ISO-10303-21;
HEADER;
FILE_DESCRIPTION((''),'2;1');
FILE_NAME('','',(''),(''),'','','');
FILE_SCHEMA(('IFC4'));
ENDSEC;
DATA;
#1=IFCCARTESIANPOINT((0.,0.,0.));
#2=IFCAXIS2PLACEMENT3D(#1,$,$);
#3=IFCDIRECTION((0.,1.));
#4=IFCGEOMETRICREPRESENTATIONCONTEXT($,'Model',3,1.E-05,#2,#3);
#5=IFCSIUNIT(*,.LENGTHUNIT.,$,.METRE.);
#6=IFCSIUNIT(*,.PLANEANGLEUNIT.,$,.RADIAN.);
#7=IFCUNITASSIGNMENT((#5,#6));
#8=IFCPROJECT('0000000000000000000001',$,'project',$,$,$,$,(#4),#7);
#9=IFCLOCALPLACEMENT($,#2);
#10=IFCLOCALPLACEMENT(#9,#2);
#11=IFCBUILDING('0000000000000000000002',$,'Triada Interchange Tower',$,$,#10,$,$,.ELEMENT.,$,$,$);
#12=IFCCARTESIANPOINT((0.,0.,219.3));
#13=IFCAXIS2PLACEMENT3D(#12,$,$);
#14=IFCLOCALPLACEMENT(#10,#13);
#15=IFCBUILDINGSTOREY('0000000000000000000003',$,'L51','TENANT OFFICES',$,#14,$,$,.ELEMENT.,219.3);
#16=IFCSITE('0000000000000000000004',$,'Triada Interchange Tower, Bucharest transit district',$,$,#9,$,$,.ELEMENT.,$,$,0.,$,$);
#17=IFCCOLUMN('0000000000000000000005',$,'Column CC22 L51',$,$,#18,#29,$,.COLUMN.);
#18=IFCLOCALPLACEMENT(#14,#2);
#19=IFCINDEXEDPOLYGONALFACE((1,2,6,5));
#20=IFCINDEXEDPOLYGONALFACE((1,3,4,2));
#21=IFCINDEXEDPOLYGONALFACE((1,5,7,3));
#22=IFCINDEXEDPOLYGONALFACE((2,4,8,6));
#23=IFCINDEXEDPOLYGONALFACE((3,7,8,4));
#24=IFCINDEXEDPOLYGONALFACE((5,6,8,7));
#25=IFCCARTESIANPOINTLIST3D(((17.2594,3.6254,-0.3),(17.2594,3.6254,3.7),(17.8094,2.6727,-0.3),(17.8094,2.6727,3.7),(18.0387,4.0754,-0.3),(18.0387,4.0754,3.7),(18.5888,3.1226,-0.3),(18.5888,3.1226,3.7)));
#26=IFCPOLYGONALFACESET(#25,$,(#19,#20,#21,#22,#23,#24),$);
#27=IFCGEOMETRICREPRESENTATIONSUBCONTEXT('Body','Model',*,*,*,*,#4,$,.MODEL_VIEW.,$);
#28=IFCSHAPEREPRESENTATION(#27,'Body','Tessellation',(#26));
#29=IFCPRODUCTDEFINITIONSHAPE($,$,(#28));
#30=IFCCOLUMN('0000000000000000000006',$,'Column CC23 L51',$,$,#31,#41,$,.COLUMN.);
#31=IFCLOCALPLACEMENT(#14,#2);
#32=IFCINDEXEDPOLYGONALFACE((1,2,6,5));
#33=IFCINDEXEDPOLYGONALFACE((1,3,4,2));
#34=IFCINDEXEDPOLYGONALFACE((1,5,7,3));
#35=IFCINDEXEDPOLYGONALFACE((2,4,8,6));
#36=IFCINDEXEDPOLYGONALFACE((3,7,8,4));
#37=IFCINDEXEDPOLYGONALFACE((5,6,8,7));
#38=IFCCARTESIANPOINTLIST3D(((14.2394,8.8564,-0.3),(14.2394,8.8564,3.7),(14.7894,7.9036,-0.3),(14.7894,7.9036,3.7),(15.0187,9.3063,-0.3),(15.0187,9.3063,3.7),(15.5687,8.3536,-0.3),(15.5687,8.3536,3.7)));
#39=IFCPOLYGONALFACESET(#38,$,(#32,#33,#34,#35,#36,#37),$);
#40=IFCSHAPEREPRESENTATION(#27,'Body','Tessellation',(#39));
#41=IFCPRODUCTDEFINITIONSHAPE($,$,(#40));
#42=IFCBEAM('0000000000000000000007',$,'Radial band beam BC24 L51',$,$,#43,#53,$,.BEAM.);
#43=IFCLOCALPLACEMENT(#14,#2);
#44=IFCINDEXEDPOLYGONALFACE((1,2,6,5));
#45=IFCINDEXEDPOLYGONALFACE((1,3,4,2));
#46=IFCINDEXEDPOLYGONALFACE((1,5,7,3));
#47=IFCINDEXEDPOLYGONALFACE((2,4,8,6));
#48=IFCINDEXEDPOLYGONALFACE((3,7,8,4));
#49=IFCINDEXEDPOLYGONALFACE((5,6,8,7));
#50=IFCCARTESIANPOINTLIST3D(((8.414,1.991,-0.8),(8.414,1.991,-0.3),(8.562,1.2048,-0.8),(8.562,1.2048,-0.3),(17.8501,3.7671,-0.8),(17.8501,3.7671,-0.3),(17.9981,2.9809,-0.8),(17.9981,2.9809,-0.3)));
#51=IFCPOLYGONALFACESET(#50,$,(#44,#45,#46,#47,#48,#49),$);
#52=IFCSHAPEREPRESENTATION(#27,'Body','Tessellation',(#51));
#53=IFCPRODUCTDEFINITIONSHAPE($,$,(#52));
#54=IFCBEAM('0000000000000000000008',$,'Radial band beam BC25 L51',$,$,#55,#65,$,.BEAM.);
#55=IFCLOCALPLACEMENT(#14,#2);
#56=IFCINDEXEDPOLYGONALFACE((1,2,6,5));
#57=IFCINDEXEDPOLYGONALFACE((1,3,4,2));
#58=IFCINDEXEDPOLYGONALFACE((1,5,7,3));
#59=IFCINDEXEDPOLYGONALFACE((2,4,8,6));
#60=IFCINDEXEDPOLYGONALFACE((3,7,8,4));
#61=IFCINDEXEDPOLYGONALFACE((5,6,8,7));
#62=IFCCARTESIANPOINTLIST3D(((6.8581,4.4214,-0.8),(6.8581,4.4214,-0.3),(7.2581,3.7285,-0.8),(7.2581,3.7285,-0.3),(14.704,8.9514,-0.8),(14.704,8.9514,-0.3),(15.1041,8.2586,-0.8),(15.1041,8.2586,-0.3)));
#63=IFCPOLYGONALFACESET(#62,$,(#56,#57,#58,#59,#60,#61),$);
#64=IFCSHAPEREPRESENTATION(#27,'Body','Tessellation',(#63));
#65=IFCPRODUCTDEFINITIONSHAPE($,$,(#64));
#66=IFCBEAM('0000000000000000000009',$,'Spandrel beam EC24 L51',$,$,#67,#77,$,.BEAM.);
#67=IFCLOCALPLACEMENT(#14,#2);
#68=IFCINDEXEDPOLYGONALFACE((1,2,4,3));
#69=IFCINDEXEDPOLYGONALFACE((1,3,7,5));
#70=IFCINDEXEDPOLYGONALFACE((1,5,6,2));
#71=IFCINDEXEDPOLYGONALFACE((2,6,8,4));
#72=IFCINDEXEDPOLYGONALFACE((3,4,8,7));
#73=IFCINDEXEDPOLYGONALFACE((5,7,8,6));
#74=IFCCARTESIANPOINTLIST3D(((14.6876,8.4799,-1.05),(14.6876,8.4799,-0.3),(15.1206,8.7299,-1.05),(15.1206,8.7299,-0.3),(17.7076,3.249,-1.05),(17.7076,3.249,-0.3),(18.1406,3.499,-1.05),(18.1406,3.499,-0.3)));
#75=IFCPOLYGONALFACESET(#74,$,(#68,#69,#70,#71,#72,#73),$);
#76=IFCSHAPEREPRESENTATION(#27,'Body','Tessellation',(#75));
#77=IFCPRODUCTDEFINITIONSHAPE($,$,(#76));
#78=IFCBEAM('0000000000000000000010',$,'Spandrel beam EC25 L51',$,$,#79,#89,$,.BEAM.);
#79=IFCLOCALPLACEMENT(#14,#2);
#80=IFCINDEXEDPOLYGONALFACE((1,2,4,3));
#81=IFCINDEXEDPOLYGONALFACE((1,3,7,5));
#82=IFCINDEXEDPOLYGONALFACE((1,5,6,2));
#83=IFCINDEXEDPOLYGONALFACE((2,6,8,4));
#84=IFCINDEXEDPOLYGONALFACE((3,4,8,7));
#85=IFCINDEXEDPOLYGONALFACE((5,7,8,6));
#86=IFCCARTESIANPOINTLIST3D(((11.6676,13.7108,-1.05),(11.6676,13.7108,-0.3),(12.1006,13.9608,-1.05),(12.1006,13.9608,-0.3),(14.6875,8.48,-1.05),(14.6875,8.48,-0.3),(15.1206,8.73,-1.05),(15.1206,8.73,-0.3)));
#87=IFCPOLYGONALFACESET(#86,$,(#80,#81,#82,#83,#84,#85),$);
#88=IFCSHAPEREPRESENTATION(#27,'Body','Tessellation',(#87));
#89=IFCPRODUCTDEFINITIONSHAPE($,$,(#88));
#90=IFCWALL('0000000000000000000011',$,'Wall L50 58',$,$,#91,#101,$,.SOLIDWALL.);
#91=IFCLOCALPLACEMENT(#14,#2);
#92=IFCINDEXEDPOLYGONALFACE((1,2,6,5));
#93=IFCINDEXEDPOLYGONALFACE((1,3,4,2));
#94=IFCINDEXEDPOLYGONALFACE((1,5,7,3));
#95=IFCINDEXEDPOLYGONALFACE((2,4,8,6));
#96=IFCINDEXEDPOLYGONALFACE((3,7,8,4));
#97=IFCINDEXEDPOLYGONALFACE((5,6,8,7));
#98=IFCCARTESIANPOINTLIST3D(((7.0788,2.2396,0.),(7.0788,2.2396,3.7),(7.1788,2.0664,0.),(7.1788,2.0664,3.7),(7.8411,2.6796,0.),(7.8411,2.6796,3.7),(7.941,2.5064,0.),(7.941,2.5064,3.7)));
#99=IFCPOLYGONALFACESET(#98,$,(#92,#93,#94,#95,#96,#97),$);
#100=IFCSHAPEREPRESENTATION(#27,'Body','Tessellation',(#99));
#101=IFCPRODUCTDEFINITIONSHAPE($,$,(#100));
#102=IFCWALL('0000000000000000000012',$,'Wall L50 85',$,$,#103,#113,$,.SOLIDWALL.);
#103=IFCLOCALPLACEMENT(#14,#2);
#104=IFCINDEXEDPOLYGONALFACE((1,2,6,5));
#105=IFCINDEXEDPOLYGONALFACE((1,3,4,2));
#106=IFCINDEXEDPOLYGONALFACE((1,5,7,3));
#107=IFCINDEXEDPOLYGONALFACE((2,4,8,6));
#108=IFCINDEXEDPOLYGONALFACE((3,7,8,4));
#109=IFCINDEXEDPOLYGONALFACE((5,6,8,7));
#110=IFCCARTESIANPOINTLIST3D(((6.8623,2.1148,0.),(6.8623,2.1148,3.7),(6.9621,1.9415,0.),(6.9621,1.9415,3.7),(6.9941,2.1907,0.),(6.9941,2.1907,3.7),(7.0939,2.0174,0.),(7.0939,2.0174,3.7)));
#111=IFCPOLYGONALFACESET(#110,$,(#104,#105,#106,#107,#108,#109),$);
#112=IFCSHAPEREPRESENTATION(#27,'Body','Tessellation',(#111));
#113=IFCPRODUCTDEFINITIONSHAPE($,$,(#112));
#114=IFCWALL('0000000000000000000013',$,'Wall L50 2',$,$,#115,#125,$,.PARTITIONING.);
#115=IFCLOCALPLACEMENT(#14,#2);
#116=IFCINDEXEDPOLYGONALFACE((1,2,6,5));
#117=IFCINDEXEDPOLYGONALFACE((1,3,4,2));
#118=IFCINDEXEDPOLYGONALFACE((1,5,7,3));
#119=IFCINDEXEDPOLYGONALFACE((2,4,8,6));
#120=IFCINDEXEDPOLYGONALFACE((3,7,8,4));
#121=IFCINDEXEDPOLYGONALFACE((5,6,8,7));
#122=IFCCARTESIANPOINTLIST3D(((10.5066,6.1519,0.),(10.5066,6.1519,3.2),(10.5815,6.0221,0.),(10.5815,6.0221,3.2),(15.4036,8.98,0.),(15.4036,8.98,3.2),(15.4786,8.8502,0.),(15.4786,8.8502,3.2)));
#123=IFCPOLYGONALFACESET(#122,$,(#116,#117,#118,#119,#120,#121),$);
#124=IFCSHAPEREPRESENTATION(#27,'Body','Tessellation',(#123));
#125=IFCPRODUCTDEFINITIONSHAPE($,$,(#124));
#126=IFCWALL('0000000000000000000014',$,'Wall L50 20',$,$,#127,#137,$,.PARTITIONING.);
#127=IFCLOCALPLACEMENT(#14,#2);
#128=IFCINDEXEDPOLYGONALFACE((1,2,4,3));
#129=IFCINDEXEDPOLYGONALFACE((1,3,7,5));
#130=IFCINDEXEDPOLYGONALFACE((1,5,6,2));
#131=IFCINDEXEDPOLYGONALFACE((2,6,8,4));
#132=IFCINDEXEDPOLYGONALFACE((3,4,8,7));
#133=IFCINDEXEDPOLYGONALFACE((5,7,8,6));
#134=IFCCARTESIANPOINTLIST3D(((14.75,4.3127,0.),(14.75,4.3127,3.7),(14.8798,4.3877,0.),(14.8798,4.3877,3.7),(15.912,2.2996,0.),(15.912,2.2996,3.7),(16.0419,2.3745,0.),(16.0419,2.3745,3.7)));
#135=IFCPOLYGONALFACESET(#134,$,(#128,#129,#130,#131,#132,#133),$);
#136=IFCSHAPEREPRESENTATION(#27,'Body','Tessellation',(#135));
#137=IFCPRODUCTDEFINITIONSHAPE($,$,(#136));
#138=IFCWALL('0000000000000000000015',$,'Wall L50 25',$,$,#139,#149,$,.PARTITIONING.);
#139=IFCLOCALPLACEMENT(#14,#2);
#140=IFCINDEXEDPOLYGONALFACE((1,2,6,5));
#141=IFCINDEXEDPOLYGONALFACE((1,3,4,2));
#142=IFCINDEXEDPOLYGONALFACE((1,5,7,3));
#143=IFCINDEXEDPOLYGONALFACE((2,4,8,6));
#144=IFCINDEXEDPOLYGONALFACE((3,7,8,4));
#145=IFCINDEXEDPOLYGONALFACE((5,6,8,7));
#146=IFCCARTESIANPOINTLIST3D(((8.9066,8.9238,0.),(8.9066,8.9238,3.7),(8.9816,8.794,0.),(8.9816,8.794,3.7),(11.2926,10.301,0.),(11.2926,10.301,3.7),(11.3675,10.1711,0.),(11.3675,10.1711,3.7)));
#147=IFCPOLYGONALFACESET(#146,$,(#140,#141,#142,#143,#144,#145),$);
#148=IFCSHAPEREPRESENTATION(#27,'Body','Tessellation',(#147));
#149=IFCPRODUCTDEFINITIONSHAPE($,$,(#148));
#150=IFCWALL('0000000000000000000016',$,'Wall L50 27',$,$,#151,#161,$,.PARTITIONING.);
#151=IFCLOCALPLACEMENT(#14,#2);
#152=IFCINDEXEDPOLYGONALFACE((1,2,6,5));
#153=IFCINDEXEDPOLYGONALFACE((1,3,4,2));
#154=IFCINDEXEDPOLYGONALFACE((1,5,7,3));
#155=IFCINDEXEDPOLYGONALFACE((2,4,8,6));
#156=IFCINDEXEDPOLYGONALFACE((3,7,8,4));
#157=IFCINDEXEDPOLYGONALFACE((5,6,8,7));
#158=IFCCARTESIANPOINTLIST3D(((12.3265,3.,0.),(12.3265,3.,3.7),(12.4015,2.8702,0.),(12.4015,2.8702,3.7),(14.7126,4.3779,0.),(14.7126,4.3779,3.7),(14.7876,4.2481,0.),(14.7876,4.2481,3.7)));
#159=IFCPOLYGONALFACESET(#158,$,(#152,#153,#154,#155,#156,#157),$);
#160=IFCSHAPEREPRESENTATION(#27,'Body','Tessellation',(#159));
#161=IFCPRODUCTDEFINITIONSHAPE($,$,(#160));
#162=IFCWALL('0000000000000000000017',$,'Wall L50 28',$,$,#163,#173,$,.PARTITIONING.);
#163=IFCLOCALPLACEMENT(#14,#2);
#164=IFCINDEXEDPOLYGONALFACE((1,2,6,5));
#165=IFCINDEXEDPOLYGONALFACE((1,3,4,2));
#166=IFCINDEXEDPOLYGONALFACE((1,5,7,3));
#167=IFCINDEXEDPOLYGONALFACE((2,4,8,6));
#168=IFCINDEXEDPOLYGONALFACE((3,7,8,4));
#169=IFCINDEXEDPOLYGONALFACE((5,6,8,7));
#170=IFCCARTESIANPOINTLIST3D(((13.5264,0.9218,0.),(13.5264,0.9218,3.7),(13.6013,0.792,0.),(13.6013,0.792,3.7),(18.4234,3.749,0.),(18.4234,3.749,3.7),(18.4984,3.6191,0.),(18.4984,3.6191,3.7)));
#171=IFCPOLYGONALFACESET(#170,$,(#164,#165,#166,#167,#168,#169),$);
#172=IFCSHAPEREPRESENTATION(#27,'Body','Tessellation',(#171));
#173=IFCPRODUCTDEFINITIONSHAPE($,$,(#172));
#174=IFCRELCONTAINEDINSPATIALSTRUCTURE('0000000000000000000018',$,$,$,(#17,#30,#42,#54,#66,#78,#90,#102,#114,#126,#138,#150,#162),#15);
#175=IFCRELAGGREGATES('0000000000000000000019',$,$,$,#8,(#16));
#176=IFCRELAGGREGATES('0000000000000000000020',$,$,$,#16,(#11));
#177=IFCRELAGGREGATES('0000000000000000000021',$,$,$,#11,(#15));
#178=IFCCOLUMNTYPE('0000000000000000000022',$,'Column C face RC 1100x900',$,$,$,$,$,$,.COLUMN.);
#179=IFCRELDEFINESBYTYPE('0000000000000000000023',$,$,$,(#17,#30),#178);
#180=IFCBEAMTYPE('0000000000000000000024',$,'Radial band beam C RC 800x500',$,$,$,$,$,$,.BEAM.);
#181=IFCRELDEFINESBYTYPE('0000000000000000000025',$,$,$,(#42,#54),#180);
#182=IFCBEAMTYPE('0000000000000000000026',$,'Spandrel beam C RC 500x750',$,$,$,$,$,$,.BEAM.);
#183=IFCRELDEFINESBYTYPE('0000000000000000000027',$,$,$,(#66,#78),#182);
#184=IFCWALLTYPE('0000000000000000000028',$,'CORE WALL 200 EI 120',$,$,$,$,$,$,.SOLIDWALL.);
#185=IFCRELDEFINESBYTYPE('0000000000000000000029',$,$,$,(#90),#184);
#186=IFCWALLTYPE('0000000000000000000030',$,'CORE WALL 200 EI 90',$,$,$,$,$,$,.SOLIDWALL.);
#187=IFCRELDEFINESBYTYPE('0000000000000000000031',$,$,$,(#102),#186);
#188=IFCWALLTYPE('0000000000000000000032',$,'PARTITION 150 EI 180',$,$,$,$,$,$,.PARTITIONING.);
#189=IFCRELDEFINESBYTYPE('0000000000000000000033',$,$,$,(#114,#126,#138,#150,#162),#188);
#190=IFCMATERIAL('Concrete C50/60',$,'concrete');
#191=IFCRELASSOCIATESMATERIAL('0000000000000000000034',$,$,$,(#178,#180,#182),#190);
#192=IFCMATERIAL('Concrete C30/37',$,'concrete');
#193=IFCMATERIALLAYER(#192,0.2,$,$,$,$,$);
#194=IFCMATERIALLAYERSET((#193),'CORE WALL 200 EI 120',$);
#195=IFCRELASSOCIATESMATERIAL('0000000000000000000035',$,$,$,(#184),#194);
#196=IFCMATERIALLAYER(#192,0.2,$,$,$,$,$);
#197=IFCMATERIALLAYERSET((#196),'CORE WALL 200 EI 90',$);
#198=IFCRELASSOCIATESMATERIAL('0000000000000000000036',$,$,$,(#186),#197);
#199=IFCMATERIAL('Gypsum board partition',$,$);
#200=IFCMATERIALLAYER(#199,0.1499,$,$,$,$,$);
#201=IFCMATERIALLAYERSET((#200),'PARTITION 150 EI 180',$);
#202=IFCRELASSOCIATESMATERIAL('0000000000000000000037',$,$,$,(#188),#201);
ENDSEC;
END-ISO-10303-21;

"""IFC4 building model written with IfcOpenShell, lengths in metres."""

from ifc_helpers import new_model, si_unit, direction, frame, frame_2d, origin, origin_2d, place, context, subcontext, project, spatial, rectangle, extrude, material, layer, layer_set, material_profile, profile_set, type_object, element, save


model = new_model("IFC4")

# Units and contexts
model_context = context("Model", 3, precision=1e-05, world=origin(), true_north=direction((0.0, 1.0)))
body_context = subcontext(model_context, "Body", "Model", "MODEL_VIEW")
ifc_project = project(units=[si_unit("LENGTHUNIT", "METRE"), si_unit("PLANEANGLEUNIT", "RADIAN")], contexts=[model_context])

# Site, building, storey
site_placement = place(None, origin())
site = spatial("IfcSite", under=ifc_project, at=site_placement, Name="Triada Interchange Tower, Bucharest transit district", CompositionType="ELEMENT", RefElevation=0.0)
building_placement = place(site_placement, origin())
building = spatial("IfcBuilding", under=site, at=building_placement, Name="Triada Interchange Tower", CompositionType="ELEMENT")
storey_placement = place(building_placement, frame((0.0, 0.0, 219.3)))
storey = spatial("IfcBuildingStorey", under=building, at=storey_placement, Name="L51", Description="TENANT OFFICES", CompositionType="ELEMENT", Elevation=219.3)

# Columns
ifc_material_1 = material(Name="Concrete C50/60", Category="concrete")
ifc_material_profile_1 = material_profile(ifc_material_1, rectangle(XDim=1.1001, YDim=0.8999, at=origin_2d()), Name="RC 1100x900")
ifc_profile_set_1 = profile_set([ifc_material_profile_1], Name="Concrete C50/60")
column_type = type_object("IfcColumnType", Name="Column C face RC 1100x900", PredefinedType="COLUMN", material=ifc_profile_set_1)
for number, where, z_axis, x_axis, name in (
    (1, (17.9241, 3.374, -0.3), (0.0, 0.0, 1.0), (-0.5, 0.866025, 0.0), "Column CC22 L51"),
    (2, (14.9041, 8.605, -0.3), (0.0, 0.0, 1.0), (-0.5, 0.866025, 0.0), "Column CC23 L51"),
):
    element("IfcColumn", number, at=place(storey_placement, frame(where, z_axis=z_axis, x_axis=x_axis)), inside=storey, type_object=column_type, Name=name, PredefinedType="COLUMN", context=body_context, shape_type="SweptSolid", body=[
        extrude(rectangle(XDim=1.1001, YDim=0.8999, at=origin_2d()), origin(), (0.0, 0.0, 1.0), 4.0),
    ])

# Beams
ifc_material_profile_2 = material_profile(ifc_material_1, rectangle(XDim=0.8, YDim=0.5, at=origin_2d()), Name="RC 800x500")
ifc_profile_set_2 = profile_set([ifc_material_profile_2], Name="Concrete C50/60")
beam_type_1 = type_object("IfcBeamType", Name="Radial band beam C RC 800x500", PredefinedType="BEAM", material=ifc_profile_set_2)
beam_1_placement = place(storey_placement, frame((17.9241, 3.374, -0.55), z_axis=(-0.982742, -0.184979, 0.0), x_axis=(0.184979, -0.982742, 0.0)))
element("IfcBeam", 3, at=beam_1_placement, inside=storey, type_object=beam_type_1, Name="Radial band beam BC24 L51", PredefinedType="BEAM", context=body_context, shape_type="SweptSolid", body=[
    extrude(rectangle(XDim=0.8, YDim=0.5, at=origin_2d()), origin(), (0.0, 0.0, 1.0), 9.6018),
])
beam_2_placement = place(storey_placement, frame((14.9041, 8.605, -0.55), z_axis=(-0.866017, -0.500014, 0.0), x_axis=(0.500014, -0.866017, 0.0)))
element("IfcBeam", 4, at=beam_2_placement, inside=storey, type_object=beam_type_1, Name="Radial band beam BC25 L51", PredefinedType="BEAM", context=body_context, shape_type="SweptSolid", body=[
    extrude(rectangle(XDim=0.8, YDim=0.5, at=origin_2d()), origin(), (0.0, 0.0, 1.0), 9.0598),
])
ifc_material_profile_3 = material_profile(ifc_material_1, rectangle(XDim=0.5, YDim=0.75, at=origin_2d()), Name="RC 500x750")
ifc_profile_set_3 = profile_set([ifc_material_profile_3], Name="Concrete C50/60")
beam_type_2 = type_object("IfcBeamType", Name="Spandrel beam C RC 500x750", PredefinedType="BEAM", material=ifc_profile_set_3)
for number, where, z_axis, x_axis, name in (
    (5, (17.9241, 3.374, -0.675), (-0.499991, 0.866031, 0.0), (-0.866031, -0.499991, 0.0), "Spandrel beam EC24 L51"),
    (6, (14.9041, 8.605, -0.675), (-0.499991, 0.866031, 0.0), (-0.866031, -0.499991, 0.0), "Spandrel beam EC25 L51"),
):
    element("IfcBeam", number, at=place(storey_placement, frame(where, z_axis=z_axis, x_axis=x_axis)), inside=storey, type_object=beam_type_2, Name=name, PredefinedType="BEAM", context=body_context, shape_type="SweptSolid", body=[
        extrude(rectangle(XDim=0.5, YDim=0.75, at=origin_2d()), origin(), (0.0, 0.0, 1.0), 6.04),
    ])

# Walls
ifc_material_2 = material(Name="Concrete C30/37", Category="concrete")
ifc_layer_1 = layer(ifc_material_2, 0.2)
ifc_layer_set_1 = layer_set([ifc_layer_1], Name="CORE WALL 200 EI 120")
wall_type_1 = type_object("IfcWallType", Name="CORE WALL 200 EI 120", PredefinedType="SOLIDWALL", material=ifc_layer_set_1)
wall_1_placement = place(storey_placement, frame((7.1289, 2.1531, 0.0), z_axis=(0.0, 0.0, 1.0), x_axis=(0.866084, 0.499899, 0.0)))
element("IfcWall", 7, at=wall_1_placement, inside=storey, type_object=wall_type_1, Name="Wall L50 58", PredefinedType="SOLIDWALL", context=body_context, shape_type="SweptSolid", body=[
    extrude(rectangle(XDim=0.8801, YDim=0.2, at=frame_2d((0.4399, 0.0))), origin(), (0.0, 0.0, 1.0), 3.7),
])
ifc_layer_2 = layer(ifc_material_2, 0.2)
ifc_layer_set_2 = layer_set([ifc_layer_2], Name="CORE WALL 200 EI 90")
wall_type_2 = type_object("IfcWallType", Name="CORE WALL 200 EI 90", PredefinedType="SOLIDWALL", material=ifc_layer_set_2)
wall_2_placement = place(storey_placement, frame((6.9121, 2.0281, 0.0), z_axis=(0.0, 0.0, 1.0), x_axis=(0.866559, 0.499074, 0.0)))
element("IfcWall", 8, at=wall_2_placement, inside=storey, type_object=wall_type_2, Name="Wall L50 85", PredefinedType="SOLIDWALL", context=body_context, shape_type="SweptSolid", body=[
    extrude(rectangle(XDim=0.1521, YDim=0.2, at=frame_2d((0.0762, 0.0))), origin(), (0.0, 0.0, 1.0), 3.7),
])
ifc_material_3 = material(Name="Gypsum board partition")
ifc_layer_3 = layer(ifc_material_3, 0.1499)
ifc_layer_set_3 = layer_set([ifc_layer_3], Name="PARTITION 150 EI 180")
wall_type_3 = type_object("IfcWallType", Name="PARTITION 150 EI 180", PredefinedType="PARTITIONING", material=ifc_layer_set_3)
wall_3_placement = place(storey_placement, frame((10.5439, 6.0869, 0.0), z_axis=(0.0, 0.0, 1.0), x_axis=(0.86596, 0.500114, 0.0)))
element("IfcWall", 9, at=wall_3_placement, inside=storey, type_object=wall_type_3, Name="Wall L50 2", PredefinedType="PARTITIONING", context=body_context, shape_type="SweptSolid", body=[
    extrude(rectangle(XDim=5.655, YDim=0.1499, at=frame_2d((2.8276, 0.0))), origin(), (0.0, 0.0, 1.0), 3.2),
])
wall_4_placement = place(storey_placement, frame((14.8149, 4.3501, 0.0), z_axis=(0.0, 0.0, 1.0), x_axis=(0.499935, -0.866063, 0.0)))
element("IfcWall", 10, at=wall_4_placement, inside=storey, type_object=wall_type_3, Name="Wall L50 20", PredefinedType="PARTITIONING", context=body_context, shape_type="SweptSolid", body=[
    extrude(rectangle(XDim=2.3245, YDim=0.1499, at=frame_2d((1.1621, 0.0))), origin(), (0.0, 0.0, 1.0), 3.7),
])
wall_5_placement = place(storey_placement, frame((8.9441, 8.8589, 0.0), z_axis=(0.0, 0.0, 1.0), x_axis=(0.866081, 0.499904, 0.0)))
element("IfcWall", 11, at=wall_5_placement, inside=storey, type_object=wall_type_3, Name="Wall L50 25", PredefinedType="PARTITIONING", context=body_context, shape_type="SweptSolid", body=[
    extrude(rectangle(XDim=2.7549, YDim=0.1499, at=frame_2d((1.3774, 0.0))), origin(), (0.0, 0.0, 1.0), 3.7),
])
wall_6_placement = place(storey_placement, frame((12.364, 2.9351, 0.0), z_axis=(0.0, 0.0, 1.0), x_axis=(0.865966, 0.500103, 0.0)))
element("IfcWall", 12, at=wall_6_placement, inside=storey, type_object=wall_type_3, Name="Wall L50 27", PredefinedType="PARTITIONING", context=body_context, shape_type="SweptSolid", body=[
    extrude(rectangle(XDim=2.7554, YDim=0.1499, at=frame_2d((1.3777, 0.0))), origin(), (0.0, 0.0, 1.0), 3.7),
])
wall_7_placement = place(storey_placement, frame((13.564, 0.8569, 0.0), z_axis=(0.0, 0.0, 1.0), x_axis=(0.866035, 0.499984, 0.0)))
element("IfcWall", 13, at=wall_7_placement, inside=storey, type_object=wall_type_3, Name="Wall L50 28", PredefinedType="PARTITIONING", context=body_context, shape_type="SweptSolid", body=[
    extrude(rectangle(XDim=5.6545, YDim=0.1499, at=frame_2d((2.8271, 0.0))), origin(), (0.0, 0.0, 1.0), 3.7),
])

save(model, "model.ifc")
